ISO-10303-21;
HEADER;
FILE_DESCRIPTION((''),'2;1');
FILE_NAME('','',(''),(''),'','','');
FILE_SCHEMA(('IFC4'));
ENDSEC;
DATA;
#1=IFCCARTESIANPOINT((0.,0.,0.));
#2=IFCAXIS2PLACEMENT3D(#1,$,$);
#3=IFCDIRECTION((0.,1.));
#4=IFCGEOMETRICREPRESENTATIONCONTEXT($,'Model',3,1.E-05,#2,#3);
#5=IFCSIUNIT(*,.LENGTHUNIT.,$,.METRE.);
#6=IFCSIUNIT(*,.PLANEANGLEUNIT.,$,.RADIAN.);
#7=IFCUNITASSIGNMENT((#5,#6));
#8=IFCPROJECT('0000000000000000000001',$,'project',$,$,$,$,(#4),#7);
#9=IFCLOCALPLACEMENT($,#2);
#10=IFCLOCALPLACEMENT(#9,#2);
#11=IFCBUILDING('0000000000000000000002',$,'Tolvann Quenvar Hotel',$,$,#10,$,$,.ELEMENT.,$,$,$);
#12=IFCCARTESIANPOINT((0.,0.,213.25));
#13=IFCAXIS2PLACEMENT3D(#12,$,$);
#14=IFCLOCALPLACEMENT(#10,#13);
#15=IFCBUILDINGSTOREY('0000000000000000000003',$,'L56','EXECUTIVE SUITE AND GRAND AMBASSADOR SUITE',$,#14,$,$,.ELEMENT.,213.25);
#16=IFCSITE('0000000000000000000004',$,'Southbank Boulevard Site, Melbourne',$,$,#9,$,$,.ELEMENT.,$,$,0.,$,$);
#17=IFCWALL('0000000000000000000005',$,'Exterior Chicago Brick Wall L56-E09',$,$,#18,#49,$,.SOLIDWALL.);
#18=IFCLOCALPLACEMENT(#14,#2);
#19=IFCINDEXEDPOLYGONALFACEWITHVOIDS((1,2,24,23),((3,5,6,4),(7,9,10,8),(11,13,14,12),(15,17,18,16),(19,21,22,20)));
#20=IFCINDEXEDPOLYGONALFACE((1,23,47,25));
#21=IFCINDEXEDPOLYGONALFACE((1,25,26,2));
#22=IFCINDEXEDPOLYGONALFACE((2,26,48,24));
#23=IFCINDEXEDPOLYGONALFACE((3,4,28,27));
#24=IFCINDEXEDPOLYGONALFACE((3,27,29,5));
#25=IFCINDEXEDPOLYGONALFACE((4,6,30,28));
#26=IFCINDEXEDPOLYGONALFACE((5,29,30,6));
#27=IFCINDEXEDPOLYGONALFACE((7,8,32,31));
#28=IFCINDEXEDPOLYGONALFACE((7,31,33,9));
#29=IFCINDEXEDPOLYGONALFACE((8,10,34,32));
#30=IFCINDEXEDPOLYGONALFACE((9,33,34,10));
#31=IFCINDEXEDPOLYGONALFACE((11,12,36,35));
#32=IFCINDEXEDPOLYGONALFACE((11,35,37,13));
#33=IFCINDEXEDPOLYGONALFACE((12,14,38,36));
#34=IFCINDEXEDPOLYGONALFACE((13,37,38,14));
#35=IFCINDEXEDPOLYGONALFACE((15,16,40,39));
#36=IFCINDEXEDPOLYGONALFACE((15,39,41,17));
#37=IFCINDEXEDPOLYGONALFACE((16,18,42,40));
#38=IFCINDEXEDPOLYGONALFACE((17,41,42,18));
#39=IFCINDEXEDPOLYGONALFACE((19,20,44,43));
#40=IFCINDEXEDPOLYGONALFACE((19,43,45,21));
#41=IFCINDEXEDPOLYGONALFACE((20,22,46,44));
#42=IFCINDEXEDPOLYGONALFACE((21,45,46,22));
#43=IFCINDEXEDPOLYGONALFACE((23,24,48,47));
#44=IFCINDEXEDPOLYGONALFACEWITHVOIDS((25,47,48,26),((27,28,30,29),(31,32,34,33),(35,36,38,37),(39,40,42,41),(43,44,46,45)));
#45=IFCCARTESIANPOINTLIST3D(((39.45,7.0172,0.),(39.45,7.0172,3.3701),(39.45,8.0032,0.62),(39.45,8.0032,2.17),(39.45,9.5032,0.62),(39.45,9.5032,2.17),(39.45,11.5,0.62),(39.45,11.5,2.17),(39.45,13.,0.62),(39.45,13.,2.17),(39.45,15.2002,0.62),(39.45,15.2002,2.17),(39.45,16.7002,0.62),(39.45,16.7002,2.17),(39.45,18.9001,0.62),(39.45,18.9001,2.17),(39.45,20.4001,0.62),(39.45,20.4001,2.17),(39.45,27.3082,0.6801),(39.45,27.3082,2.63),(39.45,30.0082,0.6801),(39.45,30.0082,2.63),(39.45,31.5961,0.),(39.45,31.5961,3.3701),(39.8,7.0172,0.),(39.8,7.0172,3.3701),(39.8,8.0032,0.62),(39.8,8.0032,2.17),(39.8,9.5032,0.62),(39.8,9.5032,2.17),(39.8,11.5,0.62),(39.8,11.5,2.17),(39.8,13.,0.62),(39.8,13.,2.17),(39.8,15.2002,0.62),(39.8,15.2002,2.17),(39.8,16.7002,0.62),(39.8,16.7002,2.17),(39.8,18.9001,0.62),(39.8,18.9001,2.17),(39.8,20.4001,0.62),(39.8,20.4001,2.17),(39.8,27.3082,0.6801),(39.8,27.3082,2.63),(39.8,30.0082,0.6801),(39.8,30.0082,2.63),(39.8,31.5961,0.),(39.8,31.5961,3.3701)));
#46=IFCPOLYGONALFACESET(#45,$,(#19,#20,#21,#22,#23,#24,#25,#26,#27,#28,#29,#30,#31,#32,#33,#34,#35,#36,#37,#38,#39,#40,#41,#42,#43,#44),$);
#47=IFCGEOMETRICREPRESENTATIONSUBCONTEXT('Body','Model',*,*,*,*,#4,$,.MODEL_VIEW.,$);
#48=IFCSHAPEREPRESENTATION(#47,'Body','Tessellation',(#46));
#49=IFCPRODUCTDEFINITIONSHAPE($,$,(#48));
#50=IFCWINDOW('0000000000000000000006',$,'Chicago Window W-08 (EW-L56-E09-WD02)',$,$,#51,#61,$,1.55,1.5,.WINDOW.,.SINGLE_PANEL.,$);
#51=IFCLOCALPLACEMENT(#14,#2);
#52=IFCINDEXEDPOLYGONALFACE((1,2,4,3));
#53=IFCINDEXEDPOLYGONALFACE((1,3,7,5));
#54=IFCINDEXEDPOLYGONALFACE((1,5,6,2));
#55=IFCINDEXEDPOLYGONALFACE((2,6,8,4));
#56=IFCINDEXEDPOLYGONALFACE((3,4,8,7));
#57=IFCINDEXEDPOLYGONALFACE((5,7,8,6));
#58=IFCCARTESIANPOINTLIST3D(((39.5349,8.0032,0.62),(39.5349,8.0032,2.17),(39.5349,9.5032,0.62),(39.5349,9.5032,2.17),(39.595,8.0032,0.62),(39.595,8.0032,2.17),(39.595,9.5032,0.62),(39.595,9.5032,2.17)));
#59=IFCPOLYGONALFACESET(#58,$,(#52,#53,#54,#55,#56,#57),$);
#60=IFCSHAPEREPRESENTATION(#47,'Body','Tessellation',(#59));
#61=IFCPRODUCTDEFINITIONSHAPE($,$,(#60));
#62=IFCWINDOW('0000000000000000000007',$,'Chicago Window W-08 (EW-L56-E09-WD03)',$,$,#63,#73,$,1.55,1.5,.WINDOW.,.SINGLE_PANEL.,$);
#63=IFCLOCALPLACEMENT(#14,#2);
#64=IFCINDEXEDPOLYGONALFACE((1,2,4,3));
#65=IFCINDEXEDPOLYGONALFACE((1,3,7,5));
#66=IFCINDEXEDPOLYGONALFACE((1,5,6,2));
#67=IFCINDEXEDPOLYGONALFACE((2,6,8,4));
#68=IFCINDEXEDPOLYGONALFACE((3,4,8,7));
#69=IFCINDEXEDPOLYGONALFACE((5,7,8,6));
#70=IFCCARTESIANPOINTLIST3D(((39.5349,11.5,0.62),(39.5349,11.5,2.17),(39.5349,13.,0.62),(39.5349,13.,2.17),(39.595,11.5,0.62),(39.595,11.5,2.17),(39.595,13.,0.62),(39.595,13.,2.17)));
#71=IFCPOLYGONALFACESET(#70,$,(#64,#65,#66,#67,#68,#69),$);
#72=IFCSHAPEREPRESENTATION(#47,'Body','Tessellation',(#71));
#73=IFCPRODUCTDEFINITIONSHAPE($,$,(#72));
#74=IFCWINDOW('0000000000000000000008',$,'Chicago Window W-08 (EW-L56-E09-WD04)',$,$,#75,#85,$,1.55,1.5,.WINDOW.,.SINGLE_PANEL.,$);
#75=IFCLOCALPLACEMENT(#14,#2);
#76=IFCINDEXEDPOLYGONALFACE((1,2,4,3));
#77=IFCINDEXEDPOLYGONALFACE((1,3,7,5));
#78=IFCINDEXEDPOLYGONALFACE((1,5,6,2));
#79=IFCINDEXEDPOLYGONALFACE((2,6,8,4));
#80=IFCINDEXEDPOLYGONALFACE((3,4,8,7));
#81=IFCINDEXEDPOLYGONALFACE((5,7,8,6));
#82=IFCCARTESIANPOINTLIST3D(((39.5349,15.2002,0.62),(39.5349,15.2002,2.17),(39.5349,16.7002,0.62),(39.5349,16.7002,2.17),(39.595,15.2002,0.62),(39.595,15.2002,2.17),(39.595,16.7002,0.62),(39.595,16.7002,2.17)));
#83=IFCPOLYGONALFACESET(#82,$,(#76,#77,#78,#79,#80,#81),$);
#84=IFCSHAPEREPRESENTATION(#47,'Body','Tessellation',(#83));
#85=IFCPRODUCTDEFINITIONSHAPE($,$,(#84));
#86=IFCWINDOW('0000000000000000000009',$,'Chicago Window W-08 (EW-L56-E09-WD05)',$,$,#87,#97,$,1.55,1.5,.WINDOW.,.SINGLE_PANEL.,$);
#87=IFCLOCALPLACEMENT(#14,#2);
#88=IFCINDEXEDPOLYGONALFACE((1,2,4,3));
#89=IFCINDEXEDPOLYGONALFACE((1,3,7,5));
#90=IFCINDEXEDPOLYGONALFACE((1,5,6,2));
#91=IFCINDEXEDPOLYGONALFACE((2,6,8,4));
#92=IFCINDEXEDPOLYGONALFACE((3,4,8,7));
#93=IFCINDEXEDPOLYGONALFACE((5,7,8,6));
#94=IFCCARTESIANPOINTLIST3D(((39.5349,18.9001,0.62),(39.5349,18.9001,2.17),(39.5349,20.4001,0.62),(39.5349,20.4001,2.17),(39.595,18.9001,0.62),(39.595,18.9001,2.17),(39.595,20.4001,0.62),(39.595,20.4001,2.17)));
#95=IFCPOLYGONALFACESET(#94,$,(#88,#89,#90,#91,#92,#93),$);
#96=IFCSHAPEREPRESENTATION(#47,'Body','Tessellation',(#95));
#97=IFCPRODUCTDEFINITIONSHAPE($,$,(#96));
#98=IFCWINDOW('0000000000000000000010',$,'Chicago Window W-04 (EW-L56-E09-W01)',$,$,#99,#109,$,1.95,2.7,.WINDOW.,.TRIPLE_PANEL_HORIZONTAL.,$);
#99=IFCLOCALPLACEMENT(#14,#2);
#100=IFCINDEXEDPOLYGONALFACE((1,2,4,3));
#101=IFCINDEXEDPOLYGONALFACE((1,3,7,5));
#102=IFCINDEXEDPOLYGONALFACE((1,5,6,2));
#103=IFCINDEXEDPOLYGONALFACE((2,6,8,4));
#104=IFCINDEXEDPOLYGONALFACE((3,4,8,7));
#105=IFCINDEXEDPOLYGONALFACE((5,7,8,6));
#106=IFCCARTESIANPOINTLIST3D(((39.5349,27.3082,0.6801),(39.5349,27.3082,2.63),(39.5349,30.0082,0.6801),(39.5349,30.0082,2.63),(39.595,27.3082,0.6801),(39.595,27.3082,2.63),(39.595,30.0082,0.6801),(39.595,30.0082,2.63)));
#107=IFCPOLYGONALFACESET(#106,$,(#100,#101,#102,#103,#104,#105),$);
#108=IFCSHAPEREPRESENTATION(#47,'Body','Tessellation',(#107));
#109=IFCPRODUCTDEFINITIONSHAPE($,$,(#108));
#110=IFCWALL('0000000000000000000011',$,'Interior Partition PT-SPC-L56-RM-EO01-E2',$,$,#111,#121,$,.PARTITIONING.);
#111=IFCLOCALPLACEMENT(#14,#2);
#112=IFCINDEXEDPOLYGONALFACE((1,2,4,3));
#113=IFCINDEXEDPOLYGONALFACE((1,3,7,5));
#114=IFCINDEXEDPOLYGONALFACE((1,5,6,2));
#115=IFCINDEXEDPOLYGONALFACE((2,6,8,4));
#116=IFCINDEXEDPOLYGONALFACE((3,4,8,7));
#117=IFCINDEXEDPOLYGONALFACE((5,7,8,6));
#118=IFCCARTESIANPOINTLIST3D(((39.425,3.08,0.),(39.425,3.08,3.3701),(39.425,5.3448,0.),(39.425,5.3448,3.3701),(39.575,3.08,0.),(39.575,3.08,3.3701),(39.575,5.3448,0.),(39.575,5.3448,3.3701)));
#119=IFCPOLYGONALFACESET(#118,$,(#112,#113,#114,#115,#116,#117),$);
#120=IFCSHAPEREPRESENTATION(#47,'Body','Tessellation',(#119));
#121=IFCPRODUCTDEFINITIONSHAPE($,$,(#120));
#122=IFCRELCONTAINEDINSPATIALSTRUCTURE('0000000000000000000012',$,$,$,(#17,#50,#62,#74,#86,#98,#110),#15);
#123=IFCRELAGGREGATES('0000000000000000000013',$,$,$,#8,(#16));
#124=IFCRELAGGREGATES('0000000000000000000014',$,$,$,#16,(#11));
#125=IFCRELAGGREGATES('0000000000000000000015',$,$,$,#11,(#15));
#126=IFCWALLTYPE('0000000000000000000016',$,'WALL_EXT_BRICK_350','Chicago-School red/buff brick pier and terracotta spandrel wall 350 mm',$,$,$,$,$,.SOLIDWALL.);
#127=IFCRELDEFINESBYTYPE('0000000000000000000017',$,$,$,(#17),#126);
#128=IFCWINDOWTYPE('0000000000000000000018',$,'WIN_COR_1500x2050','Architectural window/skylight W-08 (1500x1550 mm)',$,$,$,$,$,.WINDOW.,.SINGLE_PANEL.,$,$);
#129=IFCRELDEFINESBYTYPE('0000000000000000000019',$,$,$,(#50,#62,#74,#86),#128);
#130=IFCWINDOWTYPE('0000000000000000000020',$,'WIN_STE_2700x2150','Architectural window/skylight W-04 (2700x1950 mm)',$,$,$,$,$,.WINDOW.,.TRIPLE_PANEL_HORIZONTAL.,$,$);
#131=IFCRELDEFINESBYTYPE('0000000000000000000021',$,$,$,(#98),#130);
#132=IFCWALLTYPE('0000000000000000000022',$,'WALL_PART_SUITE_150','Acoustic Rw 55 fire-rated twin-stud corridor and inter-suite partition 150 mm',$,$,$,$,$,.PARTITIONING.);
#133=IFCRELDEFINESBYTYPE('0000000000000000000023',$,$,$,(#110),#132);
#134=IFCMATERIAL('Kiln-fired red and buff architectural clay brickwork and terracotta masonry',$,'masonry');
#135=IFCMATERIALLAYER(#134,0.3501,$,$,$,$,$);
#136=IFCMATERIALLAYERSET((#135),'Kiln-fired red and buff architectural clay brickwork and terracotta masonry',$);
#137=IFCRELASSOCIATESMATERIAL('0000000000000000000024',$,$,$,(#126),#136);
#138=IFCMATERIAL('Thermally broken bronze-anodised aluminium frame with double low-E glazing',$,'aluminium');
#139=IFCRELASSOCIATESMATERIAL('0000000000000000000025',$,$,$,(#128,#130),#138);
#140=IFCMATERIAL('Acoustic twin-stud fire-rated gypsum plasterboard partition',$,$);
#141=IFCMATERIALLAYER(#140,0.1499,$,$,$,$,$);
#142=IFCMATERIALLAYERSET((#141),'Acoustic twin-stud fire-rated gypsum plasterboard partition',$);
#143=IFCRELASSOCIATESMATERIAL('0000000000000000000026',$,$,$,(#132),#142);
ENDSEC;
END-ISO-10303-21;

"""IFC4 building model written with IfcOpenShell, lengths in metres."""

from ifc_helpers import new_model, si_unit, direction, frame, frame_2d, origin, place, context, subcontext, project, spatial, rectangle, extrude, source, transform, mapped, material, layer, layer_set, type_object, type_shapes, element, fill, save


model = new_model("IFC4")

# Units and contexts
model_context = context("Model", 3, precision=1e-05, world=origin(), true_north=direction((0.0, 1.0)))
body_context = subcontext(model_context, "Body", "Model", "MODEL_VIEW")
ifc_project = project(units=[si_unit("LENGTHUNIT", "METRE"), si_unit("PLANEANGLEUNIT", "RADIAN")], contexts=[model_context])

# Site, building, storey
site_placement = place(None, origin())
site = spatial("IfcSite", under=ifc_project, at=site_placement, Name="Southbank Boulevard Site, Melbourne", CompositionType="ELEMENT", RefElevation=0.0)
building_placement = place(site_placement, origin())
building = spatial("IfcBuilding", under=site, at=building_placement, Name="Tolvann Quenvar Hotel", CompositionType="ELEMENT")
storey_placement = place(building_placement, frame((0.0, 0.0, 213.25)))
storey = spatial("IfcBuildingStorey", under=building, at=storey_placement, Name="L56", Description="EXECUTIVE SUITE AND GRAND AMBASSADOR SUITE", CompositionType="ELEMENT", Elevation=213.25)

# Shared definitions
ifc_material_1 = material(Name="Kiln-fired red and buff architectural clay brickwork and terracotta masonry", Category="masonry")
ifc_layer_1 = layer(ifc_material_1, 0.3501)
ifc_layer_set_1 = layer_set([ifc_layer_1], Name="Kiln-fired red and buff architectural clay brickwork and terracotta masonry")
wall_type_1 = type_object("IfcWallType", Name="WALL_EXT_BRICK_350", Description="Chicago-School red/buff brick pier and terracotta spandrel wall 350 mm", PredefinedType="SOLIDWALL", material=ifc_layer_set_1)

# Wall, openings, windows
wall_1_placement = place(storey_placement, frame((39.625, 7.0171, 0.0), z_axis=(0.0, 0.0, 1.0), x_axis=(0.0, 1.0, 0.0)))
wall_1 = element("IfcWall", 1, at=wall_1_placement, inside=storey, type_object=wall_type_1, Name="Exterior Chicago Brick Wall L56-E09", PredefinedType="SOLIDWALL", context=body_context, shape_type="SweptSolid", body=[
    extrude(rectangle(XDim=24.5789, YDim=0.3501, at=frame_2d((12.2896, 0.0))), origin(), (0.0, 0.0, 1.0), 3.3701),
])
opening_1_placement = place(wall_1_placement, frame((20.291, 0.0, 0.6799)))
opening_1 = element("IfcOpeningElement", 2, at=opening_1_placement, cuts=wall_1, PredefinedType="OPENING", context=body_context, shape_type="SweptSolid", body=[
    extrude(rectangle(XDim=2.7, YDim=1.95, at=frame_2d((1.3501, 0.9751))), frame((0.0, 0.1851, 0.0), z_axis=(0.0, -1.0, 0.0), x_axis=(1.0, 0.0, 0.0)), (0.0, 0.0, 1.0), 0.3701),
])
opening_2_placement = place(wall_1_placement, frame((0.9861, 0.0, 0.6201)))
opening_2 = element("IfcOpeningElement", 3, at=opening_2_placement, cuts=wall_1, PredefinedType="OPENING", context=body_context, shape_type="SweptSolid", body=[
    extrude(rectangle(XDim=1.5, YDim=1.55, at=frame_2d((0.75, 0.7749))), frame((0.0, 0.1851, 0.0), z_axis=(0.0, -1.0, 0.0), x_axis=(1.0, 0.0, 0.0)), (0.0, 0.0, 1.0), 0.3701),
])
opening_3_placement = place(wall_1_placement, frame((4.4829, 0.0, 0.6201)))
opening_3 = element("IfcOpeningElement", 4, at=opening_3_placement, cuts=wall_1, PredefinedType="OPENING", context=body_context, shape_type="SweptSolid", body=[
    extrude(rectangle(XDim=1.5, YDim=1.55, at=frame_2d((0.75, 0.7749))), frame((0.0, 0.1851, 0.0), z_axis=(0.0, -1.0, 0.0), x_axis=(1.0, 0.0, 0.0)), (0.0, 0.0, 1.0), 0.3701),
])
opening_4_placement = place(wall_1_placement, frame((8.1831, 0.0, 0.6201)))
opening_4 = element("IfcOpeningElement", 5, at=opening_4_placement, cuts=wall_1, PredefinedType="OPENING", context=body_context, shape_type="SweptSolid", body=[
    extrude(rectangle(XDim=1.5, YDim=1.55, at=frame_2d((0.75, 0.7749))), frame((0.0, 0.1851, 0.0), z_axis=(0.0, -1.0, 0.0), x_axis=(1.0, 0.0, 0.0)), (0.0, 0.0, 1.0), 0.3701),
])
opening_5_placement = place(wall_1_placement, frame((11.8831, 0.0, 0.6201)))
opening_5 = element("IfcOpeningElement", 6, at=opening_5_placement, cuts=wall_1, PredefinedType="OPENING", context=body_context, shape_type="SweptSolid", body=[
    extrude(rectangle(XDim=1.5, YDim=1.55, at=frame_2d((0.75, 0.7749))), frame((0.0, 0.1851, 0.0), z_axis=(0.0, -1.0, 0.0), x_axis=(1.0, 0.0, 0.0)), (0.0, 0.0, 1.0), 0.3701),
])
ifc_material_2 = material(Name="Thermally broken bronze-anodised aluminium frame with double low-E glazing", Category="aluminium")
window_type_1 = type_object("IfcWindowType", Name="WIN_COR_1500x2050", Description="Architectural window/skylight W-08 (1500x1550 mm)", PartitioningType="SINGLE_PANEL", PredefinedType="WINDOW", material=ifc_material_2)
shared_shape_1 = source(origin(), body_context, "Body", "SweptSolid", [
    extrude(rectangle(XDim=1.5, YDim=1.55, at=frame_2d((0.75, 0.7749))), frame((0.0, 0.0901, 0.0), z_axis=(0.0, -1.0, 0.0), x_axis=(1.0, 0.0, 0.0)), (0.0, 0.0, 1.0), 0.0601),
])
type_shapes(window_type_1, [shared_shape_1])
window_1_placement = place(opening_2_placement, origin())
window_1 = element("IfcWindow", 7, at=window_1_placement, inside=storey, type_object=window_type_1, Name="Chicago Window W-08 (EW-L56-E09-WD02)", OverallHeight=1.55, OverallWidth=1.5, PartitioningType="SINGLE_PANEL", PredefinedType="WINDOW", context=body_context, shape_type="MappedRepresentation", body=[
    mapped(shared_shape_1, transform((0.0, 0.0, 0.0), x_axis=(1.0, 0.0, 0.0), y_axis=(0.0, 1.0, 0.0), z_axis=(0.0, 0.0, 1.0), scale=1.0)),
])
fill(opening_2, window_1)
window_2_placement = place(opening_3_placement, origin())
window_2 = element("IfcWindow", 8, at=window_2_placement, inside=storey, type_object=window_type_1, Name="Chicago Window W-08 (EW-L56-E09-WD03)", OverallHeight=1.55, OverallWidth=1.5, PartitioningType="SINGLE_PANEL", PredefinedType="WINDOW", context=body_context, shape_type="MappedRepresentation", body=[
    mapped(shared_shape_1, transform((0.0, 0.0, 0.0), x_axis=(1.0, 0.0, 0.0), y_axis=(0.0, 1.0, 0.0), z_axis=(0.0, 0.0, 1.0), scale=1.0)),
])
fill(opening_3, window_2)
window_3_placement = place(opening_4_placement, origin())
window_3 = element("IfcWindow", 9, at=window_3_placement, inside=storey, type_object=window_type_1, Name="Chicago Window W-08 (EW-L56-E09-WD04)", OverallHeight=1.55, OverallWidth=1.5, PartitioningType="SINGLE_PANEL", PredefinedType="WINDOW", context=body_context, shape_type="MappedRepresentation", body=[
    mapped(shared_shape_1, transform((0.0, 0.0, 0.0), x_axis=(1.0, 0.0, 0.0), y_axis=(0.0, 1.0, 0.0), z_axis=(0.0, 0.0, 1.0), scale=1.0)),
])
fill(opening_4, window_3)
window_4_placement = place(opening_5_placement, origin())
window_4 = element("IfcWindow", 10, at=window_4_placement, inside=storey, type_object=window_type_1, Name="Chicago Window W-08 (EW-L56-E09-WD05)", OverallHeight=1.55, OverallWidth=1.5, PartitioningType="SINGLE_PANEL", PredefinedType="WINDOW", context=body_context, shape_type="MappedRepresentation", body=[
    mapped(shared_shape_1, transform((0.0, 0.0, 0.0), x_axis=(1.0, 0.0, 0.0), y_axis=(0.0, 1.0, 0.0), z_axis=(0.0, 0.0, 1.0), scale=1.0)),
])
fill(opening_5, window_4)
window_type_2 = type_object("IfcWindowType", Name="WIN_STE_2700x2150", Description="Architectural window/skylight W-04 (2700x1950 mm)", PartitioningType="TRIPLE_PANEL_HORIZONTAL", PredefinedType="WINDOW", material=ifc_material_2)
shared_shape_2 = source(origin(), body_context, "Body", "SweptSolid", [
    extrude(rectangle(XDim=2.7, YDim=1.95, at=frame_2d((1.3501, 0.9751))), frame((0.0, 0.0901, 0.0), z_axis=(0.0, -1.0, 0.0), x_axis=(1.0, 0.0, 0.0)), (0.0, 0.0, 1.0), 0.0601),
])
type_shapes(window_type_2, [shared_shape_2])
window_5_placement = place(opening_1_placement, origin())
window_5 = element("IfcWindow", 11, at=window_5_placement, inside=storey, type_object=window_type_2, Name="Chicago Window W-04 (EW-L56-E09-W01)", OverallHeight=1.95, OverallWidth=2.7, PartitioningType="TRIPLE_PANEL_HORIZONTAL", PredefinedType="WINDOW", context=body_context, shape_type="MappedRepresentation", body=[
    mapped(shared_shape_2, transform((0.0, 0.0, 0.0), x_axis=(1.0, 0.0, 0.0), y_axis=(0.0, 1.0, 0.0), z_axis=(0.0, 0.0, 1.0), scale=1.0)),
])
fill(opening_1, window_5)

# Wall
ifc_material_3 = material(Name="Acoustic twin-stud fire-rated gypsum plasterboard partition")
ifc_layer_2 = layer(ifc_material_3, 0.1499)
ifc_layer_set_2 = layer_set([ifc_layer_2], Name="Acoustic twin-stud fire-rated gypsum plasterboard partition")
wall_type_2 = type_object("IfcWallType", Name="WALL_PART_SUITE_150", Description="Acoustic Rw 55 fire-rated twin-stud corridor and inter-suite partition 150 mm", PredefinedType="PARTITIONING", material=ifc_layer_set_2)
wall_2_placement = place(storey_placement, frame((39.5, 3.0801, 0.0), z_axis=(0.0, 0.0, 1.0), x_axis=(0.0, 1.0, 0.0)))
element("IfcWall", 12, at=wall_2_placement, inside=storey, type_object=wall_type_2, Name="Interior Partition PT-SPC-L56-RM-EO01-E2", PredefinedType="PARTITIONING", context=body_context, shape_type="SweptSolid", body=[
    extrude(rectangle(XDim=2.2649, YDim=0.1499, at=frame_2d((1.1323, 0.0))), origin(), (0.0, 0.0, 1.0), 3.3701),
])

save(model, "model.ifc")
